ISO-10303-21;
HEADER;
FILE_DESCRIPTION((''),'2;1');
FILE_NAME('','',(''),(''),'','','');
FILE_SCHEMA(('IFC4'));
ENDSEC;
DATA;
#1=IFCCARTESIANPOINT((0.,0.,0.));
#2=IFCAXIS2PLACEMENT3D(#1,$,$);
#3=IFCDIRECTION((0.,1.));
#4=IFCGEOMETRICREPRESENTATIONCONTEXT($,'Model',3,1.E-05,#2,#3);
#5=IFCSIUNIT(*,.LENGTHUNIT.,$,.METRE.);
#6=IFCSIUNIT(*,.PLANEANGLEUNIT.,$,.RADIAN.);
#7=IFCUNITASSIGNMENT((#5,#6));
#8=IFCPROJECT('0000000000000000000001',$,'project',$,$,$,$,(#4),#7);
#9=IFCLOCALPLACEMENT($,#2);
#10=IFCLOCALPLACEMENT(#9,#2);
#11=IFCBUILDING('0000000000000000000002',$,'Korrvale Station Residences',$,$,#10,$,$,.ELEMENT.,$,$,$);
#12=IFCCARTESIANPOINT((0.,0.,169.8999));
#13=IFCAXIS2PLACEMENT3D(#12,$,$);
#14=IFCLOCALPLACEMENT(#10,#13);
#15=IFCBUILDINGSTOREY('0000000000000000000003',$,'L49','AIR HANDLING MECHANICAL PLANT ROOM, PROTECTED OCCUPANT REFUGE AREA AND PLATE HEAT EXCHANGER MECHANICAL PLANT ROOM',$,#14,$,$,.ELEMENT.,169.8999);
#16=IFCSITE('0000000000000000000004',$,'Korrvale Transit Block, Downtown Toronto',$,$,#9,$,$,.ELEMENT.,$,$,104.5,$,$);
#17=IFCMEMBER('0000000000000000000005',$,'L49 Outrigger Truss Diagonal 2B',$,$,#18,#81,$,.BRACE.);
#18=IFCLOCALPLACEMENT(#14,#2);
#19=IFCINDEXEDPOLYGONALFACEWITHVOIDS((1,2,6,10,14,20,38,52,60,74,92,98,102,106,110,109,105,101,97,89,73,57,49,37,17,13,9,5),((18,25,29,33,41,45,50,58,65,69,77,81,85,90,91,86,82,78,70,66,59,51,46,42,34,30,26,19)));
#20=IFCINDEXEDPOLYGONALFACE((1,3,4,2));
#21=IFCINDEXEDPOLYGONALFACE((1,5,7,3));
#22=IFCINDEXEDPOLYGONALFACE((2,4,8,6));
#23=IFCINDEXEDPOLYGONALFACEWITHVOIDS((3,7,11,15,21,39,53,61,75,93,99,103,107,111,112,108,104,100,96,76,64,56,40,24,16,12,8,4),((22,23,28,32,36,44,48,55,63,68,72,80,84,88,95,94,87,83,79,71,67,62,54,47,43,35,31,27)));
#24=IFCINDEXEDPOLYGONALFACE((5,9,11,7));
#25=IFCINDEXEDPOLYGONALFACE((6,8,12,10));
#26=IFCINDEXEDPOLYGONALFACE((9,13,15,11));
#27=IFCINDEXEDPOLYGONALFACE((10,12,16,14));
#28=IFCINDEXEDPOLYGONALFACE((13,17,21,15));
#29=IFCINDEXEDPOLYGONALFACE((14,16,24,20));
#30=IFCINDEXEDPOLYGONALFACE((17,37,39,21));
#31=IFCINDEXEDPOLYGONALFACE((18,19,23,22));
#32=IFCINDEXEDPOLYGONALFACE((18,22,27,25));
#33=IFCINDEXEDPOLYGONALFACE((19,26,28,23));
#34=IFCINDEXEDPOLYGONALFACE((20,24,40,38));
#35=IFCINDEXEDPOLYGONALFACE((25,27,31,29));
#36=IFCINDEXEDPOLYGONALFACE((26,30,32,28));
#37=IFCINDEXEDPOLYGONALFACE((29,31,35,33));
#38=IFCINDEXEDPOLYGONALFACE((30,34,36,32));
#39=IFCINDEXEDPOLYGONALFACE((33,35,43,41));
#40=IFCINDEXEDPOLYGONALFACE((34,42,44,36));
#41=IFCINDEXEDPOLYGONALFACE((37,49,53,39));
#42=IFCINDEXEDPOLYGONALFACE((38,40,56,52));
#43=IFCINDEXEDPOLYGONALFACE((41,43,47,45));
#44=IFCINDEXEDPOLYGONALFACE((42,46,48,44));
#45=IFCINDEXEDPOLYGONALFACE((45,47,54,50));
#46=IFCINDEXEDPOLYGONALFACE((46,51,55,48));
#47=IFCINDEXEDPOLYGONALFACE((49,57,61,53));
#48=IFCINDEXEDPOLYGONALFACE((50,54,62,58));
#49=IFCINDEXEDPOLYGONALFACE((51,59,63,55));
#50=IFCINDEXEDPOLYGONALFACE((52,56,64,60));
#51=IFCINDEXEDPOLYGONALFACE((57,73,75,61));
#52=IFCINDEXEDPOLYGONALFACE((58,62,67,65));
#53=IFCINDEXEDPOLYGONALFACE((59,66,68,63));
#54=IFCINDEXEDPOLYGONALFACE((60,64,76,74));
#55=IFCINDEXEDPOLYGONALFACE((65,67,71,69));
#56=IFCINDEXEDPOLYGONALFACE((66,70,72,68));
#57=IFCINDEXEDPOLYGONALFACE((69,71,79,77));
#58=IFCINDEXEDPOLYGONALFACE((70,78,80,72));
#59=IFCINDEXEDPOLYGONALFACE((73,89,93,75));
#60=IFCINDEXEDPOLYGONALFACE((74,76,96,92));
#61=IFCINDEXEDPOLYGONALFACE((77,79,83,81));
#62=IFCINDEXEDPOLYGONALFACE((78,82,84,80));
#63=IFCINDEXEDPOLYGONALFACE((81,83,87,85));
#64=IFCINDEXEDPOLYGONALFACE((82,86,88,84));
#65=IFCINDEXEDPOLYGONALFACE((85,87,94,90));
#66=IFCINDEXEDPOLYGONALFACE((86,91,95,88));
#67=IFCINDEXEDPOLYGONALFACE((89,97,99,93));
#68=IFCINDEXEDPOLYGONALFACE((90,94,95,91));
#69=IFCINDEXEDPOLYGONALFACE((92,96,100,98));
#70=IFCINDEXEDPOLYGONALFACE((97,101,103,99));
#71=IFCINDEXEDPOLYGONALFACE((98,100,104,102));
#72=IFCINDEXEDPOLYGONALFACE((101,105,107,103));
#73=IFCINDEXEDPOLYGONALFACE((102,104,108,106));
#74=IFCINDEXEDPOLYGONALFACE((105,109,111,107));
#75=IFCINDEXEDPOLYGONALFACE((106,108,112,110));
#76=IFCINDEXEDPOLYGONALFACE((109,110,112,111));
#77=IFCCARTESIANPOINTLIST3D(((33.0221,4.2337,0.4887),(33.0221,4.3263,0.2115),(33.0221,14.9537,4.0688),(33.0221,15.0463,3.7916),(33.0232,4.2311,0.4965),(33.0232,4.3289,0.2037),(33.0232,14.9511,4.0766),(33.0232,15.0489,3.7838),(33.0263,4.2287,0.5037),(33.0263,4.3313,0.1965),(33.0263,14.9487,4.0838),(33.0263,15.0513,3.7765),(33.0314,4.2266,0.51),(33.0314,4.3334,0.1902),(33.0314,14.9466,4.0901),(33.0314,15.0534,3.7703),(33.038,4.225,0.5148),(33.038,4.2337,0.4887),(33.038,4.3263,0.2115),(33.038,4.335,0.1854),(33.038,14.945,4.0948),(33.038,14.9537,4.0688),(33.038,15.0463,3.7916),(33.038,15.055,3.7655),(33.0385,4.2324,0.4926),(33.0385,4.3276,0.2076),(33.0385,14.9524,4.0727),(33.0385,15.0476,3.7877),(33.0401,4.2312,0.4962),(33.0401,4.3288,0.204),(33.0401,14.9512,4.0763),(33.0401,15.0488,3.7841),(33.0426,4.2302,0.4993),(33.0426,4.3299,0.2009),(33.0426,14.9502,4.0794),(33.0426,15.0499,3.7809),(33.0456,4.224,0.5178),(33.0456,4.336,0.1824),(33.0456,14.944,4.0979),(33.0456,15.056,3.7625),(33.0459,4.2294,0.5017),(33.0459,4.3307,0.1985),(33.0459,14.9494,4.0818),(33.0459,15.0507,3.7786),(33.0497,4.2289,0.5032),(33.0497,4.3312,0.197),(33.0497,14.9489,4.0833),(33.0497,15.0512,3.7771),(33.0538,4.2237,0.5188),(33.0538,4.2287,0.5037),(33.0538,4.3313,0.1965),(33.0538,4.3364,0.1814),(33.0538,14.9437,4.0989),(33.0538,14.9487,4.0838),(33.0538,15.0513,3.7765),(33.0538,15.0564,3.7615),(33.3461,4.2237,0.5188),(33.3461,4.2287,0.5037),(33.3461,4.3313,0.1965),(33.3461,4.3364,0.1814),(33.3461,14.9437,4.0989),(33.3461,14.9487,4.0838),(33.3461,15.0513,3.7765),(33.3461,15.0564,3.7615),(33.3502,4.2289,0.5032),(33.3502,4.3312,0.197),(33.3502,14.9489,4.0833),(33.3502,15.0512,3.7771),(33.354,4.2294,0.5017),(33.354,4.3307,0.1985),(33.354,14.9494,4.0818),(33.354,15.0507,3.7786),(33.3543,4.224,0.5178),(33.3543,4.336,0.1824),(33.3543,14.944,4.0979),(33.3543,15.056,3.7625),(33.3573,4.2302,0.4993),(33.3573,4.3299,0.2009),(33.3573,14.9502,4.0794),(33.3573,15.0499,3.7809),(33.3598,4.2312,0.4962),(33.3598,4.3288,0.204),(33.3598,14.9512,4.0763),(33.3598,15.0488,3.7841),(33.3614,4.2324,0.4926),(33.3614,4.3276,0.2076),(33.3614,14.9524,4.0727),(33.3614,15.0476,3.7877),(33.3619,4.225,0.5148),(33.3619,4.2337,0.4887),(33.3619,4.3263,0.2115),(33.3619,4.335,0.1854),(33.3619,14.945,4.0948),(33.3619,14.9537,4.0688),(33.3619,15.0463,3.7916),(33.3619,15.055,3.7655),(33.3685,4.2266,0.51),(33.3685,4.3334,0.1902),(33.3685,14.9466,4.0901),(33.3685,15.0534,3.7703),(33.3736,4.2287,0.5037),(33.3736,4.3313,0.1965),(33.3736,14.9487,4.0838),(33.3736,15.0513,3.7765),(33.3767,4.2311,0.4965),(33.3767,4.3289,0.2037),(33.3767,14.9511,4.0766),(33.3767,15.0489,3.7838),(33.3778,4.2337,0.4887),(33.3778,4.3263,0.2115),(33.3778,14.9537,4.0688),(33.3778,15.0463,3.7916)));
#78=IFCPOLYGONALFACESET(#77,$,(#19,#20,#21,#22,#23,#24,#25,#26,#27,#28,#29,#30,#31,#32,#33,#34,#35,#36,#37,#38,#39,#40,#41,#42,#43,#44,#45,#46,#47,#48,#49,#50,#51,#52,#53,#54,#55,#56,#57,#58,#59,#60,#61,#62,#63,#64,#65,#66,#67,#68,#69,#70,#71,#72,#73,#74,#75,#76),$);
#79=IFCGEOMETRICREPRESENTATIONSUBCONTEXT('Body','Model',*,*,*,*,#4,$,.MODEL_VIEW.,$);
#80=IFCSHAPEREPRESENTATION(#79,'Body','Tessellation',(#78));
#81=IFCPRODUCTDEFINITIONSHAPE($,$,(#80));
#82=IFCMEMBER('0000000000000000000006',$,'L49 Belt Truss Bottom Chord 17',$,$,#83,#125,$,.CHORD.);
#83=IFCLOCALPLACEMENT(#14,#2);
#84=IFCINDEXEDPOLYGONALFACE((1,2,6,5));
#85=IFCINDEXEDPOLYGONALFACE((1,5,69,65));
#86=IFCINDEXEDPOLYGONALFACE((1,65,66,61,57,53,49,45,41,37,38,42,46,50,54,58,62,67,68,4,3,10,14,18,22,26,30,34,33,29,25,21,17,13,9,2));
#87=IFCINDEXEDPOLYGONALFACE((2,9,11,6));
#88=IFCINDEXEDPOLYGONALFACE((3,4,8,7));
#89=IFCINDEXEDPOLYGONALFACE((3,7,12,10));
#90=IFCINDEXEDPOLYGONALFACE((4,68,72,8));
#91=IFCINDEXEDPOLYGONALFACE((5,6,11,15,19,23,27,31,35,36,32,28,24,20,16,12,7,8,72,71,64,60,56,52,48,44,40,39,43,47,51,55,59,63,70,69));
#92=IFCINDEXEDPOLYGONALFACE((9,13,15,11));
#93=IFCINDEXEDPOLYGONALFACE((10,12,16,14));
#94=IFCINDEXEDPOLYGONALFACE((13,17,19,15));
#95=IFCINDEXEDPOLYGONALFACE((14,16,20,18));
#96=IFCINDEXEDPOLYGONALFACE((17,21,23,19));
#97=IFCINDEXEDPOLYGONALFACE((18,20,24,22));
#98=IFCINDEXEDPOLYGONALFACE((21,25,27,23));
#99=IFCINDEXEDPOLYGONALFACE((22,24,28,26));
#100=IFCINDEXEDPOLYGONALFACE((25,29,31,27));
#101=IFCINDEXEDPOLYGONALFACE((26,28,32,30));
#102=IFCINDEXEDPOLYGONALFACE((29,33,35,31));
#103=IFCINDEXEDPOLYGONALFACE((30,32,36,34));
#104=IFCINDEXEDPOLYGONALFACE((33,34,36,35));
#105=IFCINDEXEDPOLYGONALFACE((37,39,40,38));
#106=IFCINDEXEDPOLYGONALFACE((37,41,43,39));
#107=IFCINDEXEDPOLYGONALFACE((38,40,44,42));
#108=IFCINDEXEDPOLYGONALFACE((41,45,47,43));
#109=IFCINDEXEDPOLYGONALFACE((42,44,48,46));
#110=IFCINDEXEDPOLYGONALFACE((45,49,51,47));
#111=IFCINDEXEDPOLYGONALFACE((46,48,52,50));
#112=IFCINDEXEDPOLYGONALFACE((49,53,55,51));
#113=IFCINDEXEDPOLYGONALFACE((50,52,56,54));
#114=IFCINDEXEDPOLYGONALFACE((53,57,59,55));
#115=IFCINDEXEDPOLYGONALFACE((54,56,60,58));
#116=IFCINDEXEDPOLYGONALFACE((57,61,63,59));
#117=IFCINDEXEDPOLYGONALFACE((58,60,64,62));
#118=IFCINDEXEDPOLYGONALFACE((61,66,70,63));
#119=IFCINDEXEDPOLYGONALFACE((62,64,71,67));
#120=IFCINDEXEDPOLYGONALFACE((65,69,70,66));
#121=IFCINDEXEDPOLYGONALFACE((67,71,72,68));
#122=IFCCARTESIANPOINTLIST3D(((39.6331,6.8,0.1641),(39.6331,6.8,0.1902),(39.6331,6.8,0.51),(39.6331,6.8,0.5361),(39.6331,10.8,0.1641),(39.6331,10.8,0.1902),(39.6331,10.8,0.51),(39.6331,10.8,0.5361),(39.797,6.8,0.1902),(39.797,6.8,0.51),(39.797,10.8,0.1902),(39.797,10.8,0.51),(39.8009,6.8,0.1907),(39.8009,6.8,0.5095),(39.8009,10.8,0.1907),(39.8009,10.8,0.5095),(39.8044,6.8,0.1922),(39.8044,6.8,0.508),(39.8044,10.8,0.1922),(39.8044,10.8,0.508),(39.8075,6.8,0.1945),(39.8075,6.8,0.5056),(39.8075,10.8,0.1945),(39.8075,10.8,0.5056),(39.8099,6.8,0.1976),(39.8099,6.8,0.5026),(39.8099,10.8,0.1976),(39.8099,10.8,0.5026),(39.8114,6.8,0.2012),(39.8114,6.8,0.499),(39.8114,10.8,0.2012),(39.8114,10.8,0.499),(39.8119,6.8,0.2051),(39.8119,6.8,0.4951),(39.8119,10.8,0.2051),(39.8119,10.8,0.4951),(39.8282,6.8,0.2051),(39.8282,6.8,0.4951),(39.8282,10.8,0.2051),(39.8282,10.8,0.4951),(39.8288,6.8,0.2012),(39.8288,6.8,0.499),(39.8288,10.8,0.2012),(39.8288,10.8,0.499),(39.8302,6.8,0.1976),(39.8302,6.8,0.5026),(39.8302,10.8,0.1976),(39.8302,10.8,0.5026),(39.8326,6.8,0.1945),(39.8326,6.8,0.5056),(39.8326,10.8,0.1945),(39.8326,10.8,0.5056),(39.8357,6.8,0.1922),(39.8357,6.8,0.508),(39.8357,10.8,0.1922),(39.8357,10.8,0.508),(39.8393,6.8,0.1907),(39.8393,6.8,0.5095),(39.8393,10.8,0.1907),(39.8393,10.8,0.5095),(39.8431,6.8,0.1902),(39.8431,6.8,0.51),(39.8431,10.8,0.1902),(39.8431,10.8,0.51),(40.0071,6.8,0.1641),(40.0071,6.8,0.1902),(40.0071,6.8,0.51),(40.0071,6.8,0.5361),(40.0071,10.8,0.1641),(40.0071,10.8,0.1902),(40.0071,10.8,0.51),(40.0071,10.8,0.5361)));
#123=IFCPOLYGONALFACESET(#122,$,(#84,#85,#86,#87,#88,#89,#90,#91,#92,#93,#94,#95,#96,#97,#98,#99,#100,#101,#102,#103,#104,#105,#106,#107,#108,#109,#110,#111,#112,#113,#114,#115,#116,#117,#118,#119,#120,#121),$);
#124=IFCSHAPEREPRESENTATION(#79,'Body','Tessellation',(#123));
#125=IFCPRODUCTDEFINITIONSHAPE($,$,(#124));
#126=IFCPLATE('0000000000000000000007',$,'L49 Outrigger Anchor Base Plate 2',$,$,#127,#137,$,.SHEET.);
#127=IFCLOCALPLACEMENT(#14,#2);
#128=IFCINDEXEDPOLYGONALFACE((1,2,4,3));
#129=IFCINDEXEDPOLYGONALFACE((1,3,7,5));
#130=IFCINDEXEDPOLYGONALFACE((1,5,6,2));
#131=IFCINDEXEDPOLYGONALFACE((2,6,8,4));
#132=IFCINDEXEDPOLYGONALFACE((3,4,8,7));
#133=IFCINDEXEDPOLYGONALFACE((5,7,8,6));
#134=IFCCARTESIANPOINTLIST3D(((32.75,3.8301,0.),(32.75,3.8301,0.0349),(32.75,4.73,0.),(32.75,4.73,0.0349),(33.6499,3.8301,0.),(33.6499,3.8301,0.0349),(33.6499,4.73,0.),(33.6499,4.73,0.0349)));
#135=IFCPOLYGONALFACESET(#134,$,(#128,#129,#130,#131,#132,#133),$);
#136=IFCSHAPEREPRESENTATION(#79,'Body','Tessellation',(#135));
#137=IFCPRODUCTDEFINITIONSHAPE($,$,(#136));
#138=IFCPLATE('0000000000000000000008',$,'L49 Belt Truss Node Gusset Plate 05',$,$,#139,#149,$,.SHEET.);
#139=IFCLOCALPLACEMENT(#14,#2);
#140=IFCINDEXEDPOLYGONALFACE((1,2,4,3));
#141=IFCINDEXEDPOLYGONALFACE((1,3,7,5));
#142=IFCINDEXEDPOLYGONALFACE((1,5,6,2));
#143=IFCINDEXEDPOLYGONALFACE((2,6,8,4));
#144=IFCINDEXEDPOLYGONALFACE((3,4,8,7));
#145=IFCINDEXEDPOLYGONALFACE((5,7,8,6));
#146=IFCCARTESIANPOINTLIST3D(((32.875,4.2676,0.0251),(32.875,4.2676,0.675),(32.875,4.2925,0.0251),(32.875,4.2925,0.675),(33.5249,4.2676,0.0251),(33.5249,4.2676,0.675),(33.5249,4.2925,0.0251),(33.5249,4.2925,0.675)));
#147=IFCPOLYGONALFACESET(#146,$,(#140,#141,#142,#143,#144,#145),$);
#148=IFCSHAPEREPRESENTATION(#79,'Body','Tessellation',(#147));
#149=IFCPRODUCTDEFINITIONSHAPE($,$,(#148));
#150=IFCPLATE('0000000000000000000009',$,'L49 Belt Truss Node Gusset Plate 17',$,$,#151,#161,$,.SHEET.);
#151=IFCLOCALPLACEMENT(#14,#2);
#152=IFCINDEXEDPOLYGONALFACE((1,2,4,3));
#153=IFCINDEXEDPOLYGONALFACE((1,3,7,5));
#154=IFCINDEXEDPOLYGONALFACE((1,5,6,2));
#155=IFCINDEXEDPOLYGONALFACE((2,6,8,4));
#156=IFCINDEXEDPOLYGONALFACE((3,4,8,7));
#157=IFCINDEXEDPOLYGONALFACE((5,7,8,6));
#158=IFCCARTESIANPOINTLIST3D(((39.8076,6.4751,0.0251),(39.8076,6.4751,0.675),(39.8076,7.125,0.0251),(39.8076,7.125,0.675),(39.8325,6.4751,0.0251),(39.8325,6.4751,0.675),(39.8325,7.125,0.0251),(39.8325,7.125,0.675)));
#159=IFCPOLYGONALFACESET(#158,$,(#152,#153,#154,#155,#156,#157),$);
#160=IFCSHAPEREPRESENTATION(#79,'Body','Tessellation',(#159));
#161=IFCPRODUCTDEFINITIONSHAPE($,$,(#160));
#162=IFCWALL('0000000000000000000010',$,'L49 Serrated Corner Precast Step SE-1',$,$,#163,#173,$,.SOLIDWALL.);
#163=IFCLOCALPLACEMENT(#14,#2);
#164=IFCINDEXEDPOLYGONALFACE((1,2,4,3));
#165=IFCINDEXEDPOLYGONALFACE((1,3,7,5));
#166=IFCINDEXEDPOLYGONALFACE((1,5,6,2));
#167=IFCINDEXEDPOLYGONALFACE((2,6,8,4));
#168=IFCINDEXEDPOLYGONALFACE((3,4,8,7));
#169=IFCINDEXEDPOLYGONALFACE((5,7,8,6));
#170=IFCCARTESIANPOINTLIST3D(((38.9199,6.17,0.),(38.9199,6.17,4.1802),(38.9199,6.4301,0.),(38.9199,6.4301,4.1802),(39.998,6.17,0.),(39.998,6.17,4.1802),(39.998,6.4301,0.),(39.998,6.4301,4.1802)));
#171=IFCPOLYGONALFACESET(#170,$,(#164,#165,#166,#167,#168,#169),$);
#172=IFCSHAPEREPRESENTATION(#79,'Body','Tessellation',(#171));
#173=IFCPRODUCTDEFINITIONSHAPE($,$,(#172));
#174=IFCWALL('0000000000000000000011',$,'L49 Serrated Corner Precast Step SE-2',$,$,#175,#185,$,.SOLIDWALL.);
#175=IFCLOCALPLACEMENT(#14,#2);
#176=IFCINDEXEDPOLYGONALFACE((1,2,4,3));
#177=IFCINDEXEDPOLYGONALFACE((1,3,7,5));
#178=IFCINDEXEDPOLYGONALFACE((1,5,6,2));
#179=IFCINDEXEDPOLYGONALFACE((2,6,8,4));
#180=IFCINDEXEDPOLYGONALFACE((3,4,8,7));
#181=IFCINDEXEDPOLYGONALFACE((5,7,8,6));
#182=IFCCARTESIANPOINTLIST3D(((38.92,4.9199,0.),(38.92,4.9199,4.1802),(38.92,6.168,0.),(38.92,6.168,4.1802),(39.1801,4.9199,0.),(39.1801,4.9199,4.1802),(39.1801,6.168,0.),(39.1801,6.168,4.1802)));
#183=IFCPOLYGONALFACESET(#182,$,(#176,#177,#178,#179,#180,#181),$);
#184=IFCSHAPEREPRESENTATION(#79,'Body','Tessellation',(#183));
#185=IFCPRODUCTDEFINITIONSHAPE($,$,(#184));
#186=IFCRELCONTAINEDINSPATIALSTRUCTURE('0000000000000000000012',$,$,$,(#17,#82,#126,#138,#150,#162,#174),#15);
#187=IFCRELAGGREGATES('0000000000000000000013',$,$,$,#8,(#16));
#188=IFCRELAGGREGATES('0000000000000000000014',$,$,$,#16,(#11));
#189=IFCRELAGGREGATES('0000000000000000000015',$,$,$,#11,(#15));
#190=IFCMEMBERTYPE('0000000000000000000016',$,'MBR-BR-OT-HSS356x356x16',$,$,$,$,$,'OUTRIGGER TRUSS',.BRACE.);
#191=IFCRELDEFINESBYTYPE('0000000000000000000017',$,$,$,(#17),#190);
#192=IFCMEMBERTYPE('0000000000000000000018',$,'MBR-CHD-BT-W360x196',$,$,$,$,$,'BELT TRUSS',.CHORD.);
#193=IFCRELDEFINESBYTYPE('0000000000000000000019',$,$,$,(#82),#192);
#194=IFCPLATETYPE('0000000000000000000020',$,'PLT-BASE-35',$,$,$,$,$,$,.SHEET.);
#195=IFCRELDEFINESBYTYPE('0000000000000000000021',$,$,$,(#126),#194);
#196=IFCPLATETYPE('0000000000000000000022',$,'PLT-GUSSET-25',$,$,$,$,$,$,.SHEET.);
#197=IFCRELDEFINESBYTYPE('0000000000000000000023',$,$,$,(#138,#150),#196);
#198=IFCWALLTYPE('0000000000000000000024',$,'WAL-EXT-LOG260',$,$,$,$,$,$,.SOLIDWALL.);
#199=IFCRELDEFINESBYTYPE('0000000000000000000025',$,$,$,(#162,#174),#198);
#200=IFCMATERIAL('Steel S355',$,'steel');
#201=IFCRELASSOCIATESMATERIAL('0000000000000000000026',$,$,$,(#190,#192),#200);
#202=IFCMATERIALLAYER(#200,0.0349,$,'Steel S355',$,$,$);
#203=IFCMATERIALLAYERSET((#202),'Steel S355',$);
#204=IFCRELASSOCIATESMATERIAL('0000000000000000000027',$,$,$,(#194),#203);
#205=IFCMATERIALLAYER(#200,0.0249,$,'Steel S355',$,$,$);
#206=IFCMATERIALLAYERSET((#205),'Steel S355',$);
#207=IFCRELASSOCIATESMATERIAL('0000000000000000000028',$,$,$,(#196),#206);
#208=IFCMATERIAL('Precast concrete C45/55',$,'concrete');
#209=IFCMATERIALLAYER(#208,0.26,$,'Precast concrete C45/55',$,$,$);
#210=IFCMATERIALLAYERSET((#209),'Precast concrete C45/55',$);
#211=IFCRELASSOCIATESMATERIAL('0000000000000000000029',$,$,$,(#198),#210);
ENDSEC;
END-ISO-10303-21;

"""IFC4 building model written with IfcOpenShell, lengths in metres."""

from ifc_helpers import new_model, si_unit, direction, frame, frame_2d, origin, origin_2d, place, context, subcontext, project, spatial, rectangle, hollow_rectangle, i_section, extrude, material, layer, layer_set, material_profile, profile_set, type_object, element, save


model = new_model("IFC4")

# Units and contexts
model_context = context("Model", 3, precision=1e-05, world=origin(), true_north=direction((0.0, 1.0)))
body_context = subcontext(model_context, "Body", "Model", "MODEL_VIEW")
ifc_project = project(units=[si_unit("LENGTHUNIT", "METRE"), si_unit("PLANEANGLEUNIT", "RADIAN")], contexts=[model_context])

# Site, building, storey
site_placement = place(None, origin())
site = spatial("IfcSite", under=ifc_project, at=site_placement, Name="Korrvale Transit Block, Downtown Toronto", CompositionType="ELEMENT", RefElevation=104.5)
building_placement = place(site_placement, origin())
building = spatial("IfcBuilding", under=site, at=building_placement, Name="Korrvale Station Residences", CompositionType="ELEMENT")
storey_placement = place(building_placement, frame((0.0, 0.0, 169.8999)))
storey = spatial("IfcBuildingStorey", under=building, at=storey_placement, Name="L49", Description="AIR HANDLING MECHANICAL PLANT ROOM, PROTECTED OCCUPANT REFUGE AREA AND PLATE HEAT EXCHANGER MECHANICAL PLANT ROOM", CompositionType="ELEMENT", Elevation=169.8999)

# Members
ifc_material_1 = material(Name="Steel S355", Category="steel")
ifc_material_profile_1 = material_profile(ifc_material_1, hollow_rectangle(XDim=0.3557, YDim=0.3557, WallThickness=0.0159, InnerFilletRadius=0.0159, OuterFilletRadius=0.0317, at=origin_2d()), Name="HSS356x356x16")
ifc_profile_set_1 = profile_set([ifc_material_profile_1], Name="Steel S355")
member_type_1 = type_object("IfcMemberType", Name="MBR-BR-OT-HSS356x356x16", ElementType="OUTRIGGER TRUSS", PredefinedType="BRACE", material=ifc_profile_set_1)
member_1_placement = place(storey_placement, frame((33.2, 4.28, 0.3501), z_axis=(0.0, 0.948504, 0.316766), x_axis=(-1.0, 0.0, 0.0)))
element("IfcMember", 1, at=member_1_placement, inside=storey, type_object=member_type_1, Name="L49 Outrigger Truss Diagonal 2B", PredefinedType="BRACE", context=body_context, shape_type="SweptSolid", body=[
    extrude(hollow_rectangle(XDim=0.3557, YDim=0.3557, WallThickness=0.0159, InnerFilletRadius=0.0159, OuterFilletRadius=0.0317, at=origin_2d()), origin(), (0.0, 0.0, 1.0), 11.302),
])
ifc_material_profile_2 = material_profile(ifc_material_1, i_section(OverallWidth=0.374, OverallDepth=0.3721, WebThickness=0.0164, FlangeThickness=0.0261, FilletRadius=0.0149, at=origin_2d()), Name="W360x196")
ifc_profile_set_2 = profile_set([ifc_material_profile_2], Name="Steel S355")
member_type_2 = type_object("IfcMemberType", Name="MBR-CHD-BT-W360x196", ElementType="BELT TRUSS", PredefinedType="CHORD", material=ifc_profile_set_2)
member_2_placement = place(storey_placement, frame((39.8201, 6.8, 0.3501), z_axis=(0.0, 1.0, 0.0), x_axis=(-1.0, 0.0, 0.0)))
element("IfcMember", 2, at=member_2_placement, inside=storey, type_object=member_type_2, Name="L49 Belt Truss Bottom Chord 17", PredefinedType="CHORD", context=body_context, shape_type="SweptSolid", body=[
    extrude(i_section(OverallWidth=0.374, OverallDepth=0.3721, WebThickness=0.0164, FlangeThickness=0.0261, FilletRadius=0.0149, at=origin_2d()), origin(), (0.0, 0.0, 1.0), 4.0),
])

# Plates
ifc_layer_1 = layer(ifc_material_1, 0.0349, Name="Steel S355")
ifc_layer_set_1 = layer_set([ifc_layer_1], Name="Steel S355")
plate_type_1 = type_object("IfcPlateType", Name="PLT-BASE-35", PredefinedType="SHEET", material=ifc_layer_set_1)
plate_placement = place(storey_placement, frame((33.2, 4.28, 0.0), z_axis=(0.0, 0.0, 1.0), x_axis=(1.0, 0.0, 0.0)))
element("IfcPlate", 3, at=plate_placement, inside=storey, type_object=plate_type_1, Name="L49 Outrigger Anchor Base Plate 2", PredefinedType="SHEET", context=body_context, shape_type="SweptSolid", body=[
    extrude(rectangle(XDim=0.8999, YDim=0.8999, at=origin_2d()), origin(), (0.0, 0.0, 1.0), 0.0349),
])
ifc_layer_2 = layer(ifc_material_1, 0.0249, Name="Steel S355")
ifc_layer_set_2 = layer_set([ifc_layer_2], Name="Steel S355")
plate_type_2 = type_object("IfcPlateType", Name="PLT-GUSSET-25", PredefinedType="SHEET", material=ifc_layer_set_2)
for number, where, z_axis, x_axis, name in (
    (4, (33.2, 4.28, 0.0251), (0.0, 0.0, 1.0), (1.0, 0.0, 0.0), "L49 Belt Truss Node Gusset Plate 05"),
    (5, (39.8201, 6.8, 0.0251), (0.0, 0.0, 1.0), (0.0, 1.0, 0.0), "L49 Belt Truss Node Gusset Plate 17"),
):
    element("IfcPlate", number, at=place(storey_placement, frame(where, z_axis=z_axis, x_axis=x_axis)), inside=storey, type_object=plate_type_2, Name=name, PredefinedType="SHEET", context=body_context, shape_type="SweptSolid", body=[
        extrude(rectangle(XDim=0.6499, YDim=0.0249, at=origin_2d()), origin(), (0.0, 0.0, 1.0), 0.6499),
    ])

# Walls
ifc_material_2 = material(Name="Precast concrete C45/55", Category="concrete")
ifc_layer_3 = layer(ifc_material_2, 0.26, Name="Precast concrete C45/55")
ifc_layer_set_3 = layer_set([ifc_layer_3], Name="Precast concrete C45/55")
wall_type_1 = type_object("IfcWallType", Name="WAL-EXT-LOG260", PredefinedType="SOLIDWALL", material=ifc_layer_set_3)
wall_1_placement = place(storey_placement, frame((39.998, 6.3, 0.0), z_axis=(0.0, 0.0, 1.0), x_axis=(-1.0, 0.0, 0.0)))
element("IfcWall", 6, at=wall_1_placement, inside=storey, type_object=wall_type_1, Name="L49 Serrated Corner Precast Step SE-1", PredefinedType="SOLIDWALL", context=body_context, shape_type="SweptSolid", body=[
    extrude(rectangle(XDim=1.0781, YDim=0.26, at=frame_2d((0.5391, 0.0))), origin(), (0.0, 0.0, 1.0), 4.1802),
])
wall_2_placement = place(storey_placement, frame((39.05, 6.168, 0.0), z_axis=(0.0, 0.0, 1.0), x_axis=(0.0, -1.0, 0.0)))
element("IfcWall", 7, at=wall_2_placement, inside=storey, type_object=wall_type_1, Name="L49 Serrated Corner Precast Step SE-2", PredefinedType="SOLIDWALL", context=body_context, shape_type="SweptSolid", body=[
    extrude(rectangle(XDim=1.248, YDim=0.26, at=frame_2d((0.624, 0.0))), origin(), (0.0, 0.0, 1.0), 4.1802),
])

save(model, "model.ifc")
